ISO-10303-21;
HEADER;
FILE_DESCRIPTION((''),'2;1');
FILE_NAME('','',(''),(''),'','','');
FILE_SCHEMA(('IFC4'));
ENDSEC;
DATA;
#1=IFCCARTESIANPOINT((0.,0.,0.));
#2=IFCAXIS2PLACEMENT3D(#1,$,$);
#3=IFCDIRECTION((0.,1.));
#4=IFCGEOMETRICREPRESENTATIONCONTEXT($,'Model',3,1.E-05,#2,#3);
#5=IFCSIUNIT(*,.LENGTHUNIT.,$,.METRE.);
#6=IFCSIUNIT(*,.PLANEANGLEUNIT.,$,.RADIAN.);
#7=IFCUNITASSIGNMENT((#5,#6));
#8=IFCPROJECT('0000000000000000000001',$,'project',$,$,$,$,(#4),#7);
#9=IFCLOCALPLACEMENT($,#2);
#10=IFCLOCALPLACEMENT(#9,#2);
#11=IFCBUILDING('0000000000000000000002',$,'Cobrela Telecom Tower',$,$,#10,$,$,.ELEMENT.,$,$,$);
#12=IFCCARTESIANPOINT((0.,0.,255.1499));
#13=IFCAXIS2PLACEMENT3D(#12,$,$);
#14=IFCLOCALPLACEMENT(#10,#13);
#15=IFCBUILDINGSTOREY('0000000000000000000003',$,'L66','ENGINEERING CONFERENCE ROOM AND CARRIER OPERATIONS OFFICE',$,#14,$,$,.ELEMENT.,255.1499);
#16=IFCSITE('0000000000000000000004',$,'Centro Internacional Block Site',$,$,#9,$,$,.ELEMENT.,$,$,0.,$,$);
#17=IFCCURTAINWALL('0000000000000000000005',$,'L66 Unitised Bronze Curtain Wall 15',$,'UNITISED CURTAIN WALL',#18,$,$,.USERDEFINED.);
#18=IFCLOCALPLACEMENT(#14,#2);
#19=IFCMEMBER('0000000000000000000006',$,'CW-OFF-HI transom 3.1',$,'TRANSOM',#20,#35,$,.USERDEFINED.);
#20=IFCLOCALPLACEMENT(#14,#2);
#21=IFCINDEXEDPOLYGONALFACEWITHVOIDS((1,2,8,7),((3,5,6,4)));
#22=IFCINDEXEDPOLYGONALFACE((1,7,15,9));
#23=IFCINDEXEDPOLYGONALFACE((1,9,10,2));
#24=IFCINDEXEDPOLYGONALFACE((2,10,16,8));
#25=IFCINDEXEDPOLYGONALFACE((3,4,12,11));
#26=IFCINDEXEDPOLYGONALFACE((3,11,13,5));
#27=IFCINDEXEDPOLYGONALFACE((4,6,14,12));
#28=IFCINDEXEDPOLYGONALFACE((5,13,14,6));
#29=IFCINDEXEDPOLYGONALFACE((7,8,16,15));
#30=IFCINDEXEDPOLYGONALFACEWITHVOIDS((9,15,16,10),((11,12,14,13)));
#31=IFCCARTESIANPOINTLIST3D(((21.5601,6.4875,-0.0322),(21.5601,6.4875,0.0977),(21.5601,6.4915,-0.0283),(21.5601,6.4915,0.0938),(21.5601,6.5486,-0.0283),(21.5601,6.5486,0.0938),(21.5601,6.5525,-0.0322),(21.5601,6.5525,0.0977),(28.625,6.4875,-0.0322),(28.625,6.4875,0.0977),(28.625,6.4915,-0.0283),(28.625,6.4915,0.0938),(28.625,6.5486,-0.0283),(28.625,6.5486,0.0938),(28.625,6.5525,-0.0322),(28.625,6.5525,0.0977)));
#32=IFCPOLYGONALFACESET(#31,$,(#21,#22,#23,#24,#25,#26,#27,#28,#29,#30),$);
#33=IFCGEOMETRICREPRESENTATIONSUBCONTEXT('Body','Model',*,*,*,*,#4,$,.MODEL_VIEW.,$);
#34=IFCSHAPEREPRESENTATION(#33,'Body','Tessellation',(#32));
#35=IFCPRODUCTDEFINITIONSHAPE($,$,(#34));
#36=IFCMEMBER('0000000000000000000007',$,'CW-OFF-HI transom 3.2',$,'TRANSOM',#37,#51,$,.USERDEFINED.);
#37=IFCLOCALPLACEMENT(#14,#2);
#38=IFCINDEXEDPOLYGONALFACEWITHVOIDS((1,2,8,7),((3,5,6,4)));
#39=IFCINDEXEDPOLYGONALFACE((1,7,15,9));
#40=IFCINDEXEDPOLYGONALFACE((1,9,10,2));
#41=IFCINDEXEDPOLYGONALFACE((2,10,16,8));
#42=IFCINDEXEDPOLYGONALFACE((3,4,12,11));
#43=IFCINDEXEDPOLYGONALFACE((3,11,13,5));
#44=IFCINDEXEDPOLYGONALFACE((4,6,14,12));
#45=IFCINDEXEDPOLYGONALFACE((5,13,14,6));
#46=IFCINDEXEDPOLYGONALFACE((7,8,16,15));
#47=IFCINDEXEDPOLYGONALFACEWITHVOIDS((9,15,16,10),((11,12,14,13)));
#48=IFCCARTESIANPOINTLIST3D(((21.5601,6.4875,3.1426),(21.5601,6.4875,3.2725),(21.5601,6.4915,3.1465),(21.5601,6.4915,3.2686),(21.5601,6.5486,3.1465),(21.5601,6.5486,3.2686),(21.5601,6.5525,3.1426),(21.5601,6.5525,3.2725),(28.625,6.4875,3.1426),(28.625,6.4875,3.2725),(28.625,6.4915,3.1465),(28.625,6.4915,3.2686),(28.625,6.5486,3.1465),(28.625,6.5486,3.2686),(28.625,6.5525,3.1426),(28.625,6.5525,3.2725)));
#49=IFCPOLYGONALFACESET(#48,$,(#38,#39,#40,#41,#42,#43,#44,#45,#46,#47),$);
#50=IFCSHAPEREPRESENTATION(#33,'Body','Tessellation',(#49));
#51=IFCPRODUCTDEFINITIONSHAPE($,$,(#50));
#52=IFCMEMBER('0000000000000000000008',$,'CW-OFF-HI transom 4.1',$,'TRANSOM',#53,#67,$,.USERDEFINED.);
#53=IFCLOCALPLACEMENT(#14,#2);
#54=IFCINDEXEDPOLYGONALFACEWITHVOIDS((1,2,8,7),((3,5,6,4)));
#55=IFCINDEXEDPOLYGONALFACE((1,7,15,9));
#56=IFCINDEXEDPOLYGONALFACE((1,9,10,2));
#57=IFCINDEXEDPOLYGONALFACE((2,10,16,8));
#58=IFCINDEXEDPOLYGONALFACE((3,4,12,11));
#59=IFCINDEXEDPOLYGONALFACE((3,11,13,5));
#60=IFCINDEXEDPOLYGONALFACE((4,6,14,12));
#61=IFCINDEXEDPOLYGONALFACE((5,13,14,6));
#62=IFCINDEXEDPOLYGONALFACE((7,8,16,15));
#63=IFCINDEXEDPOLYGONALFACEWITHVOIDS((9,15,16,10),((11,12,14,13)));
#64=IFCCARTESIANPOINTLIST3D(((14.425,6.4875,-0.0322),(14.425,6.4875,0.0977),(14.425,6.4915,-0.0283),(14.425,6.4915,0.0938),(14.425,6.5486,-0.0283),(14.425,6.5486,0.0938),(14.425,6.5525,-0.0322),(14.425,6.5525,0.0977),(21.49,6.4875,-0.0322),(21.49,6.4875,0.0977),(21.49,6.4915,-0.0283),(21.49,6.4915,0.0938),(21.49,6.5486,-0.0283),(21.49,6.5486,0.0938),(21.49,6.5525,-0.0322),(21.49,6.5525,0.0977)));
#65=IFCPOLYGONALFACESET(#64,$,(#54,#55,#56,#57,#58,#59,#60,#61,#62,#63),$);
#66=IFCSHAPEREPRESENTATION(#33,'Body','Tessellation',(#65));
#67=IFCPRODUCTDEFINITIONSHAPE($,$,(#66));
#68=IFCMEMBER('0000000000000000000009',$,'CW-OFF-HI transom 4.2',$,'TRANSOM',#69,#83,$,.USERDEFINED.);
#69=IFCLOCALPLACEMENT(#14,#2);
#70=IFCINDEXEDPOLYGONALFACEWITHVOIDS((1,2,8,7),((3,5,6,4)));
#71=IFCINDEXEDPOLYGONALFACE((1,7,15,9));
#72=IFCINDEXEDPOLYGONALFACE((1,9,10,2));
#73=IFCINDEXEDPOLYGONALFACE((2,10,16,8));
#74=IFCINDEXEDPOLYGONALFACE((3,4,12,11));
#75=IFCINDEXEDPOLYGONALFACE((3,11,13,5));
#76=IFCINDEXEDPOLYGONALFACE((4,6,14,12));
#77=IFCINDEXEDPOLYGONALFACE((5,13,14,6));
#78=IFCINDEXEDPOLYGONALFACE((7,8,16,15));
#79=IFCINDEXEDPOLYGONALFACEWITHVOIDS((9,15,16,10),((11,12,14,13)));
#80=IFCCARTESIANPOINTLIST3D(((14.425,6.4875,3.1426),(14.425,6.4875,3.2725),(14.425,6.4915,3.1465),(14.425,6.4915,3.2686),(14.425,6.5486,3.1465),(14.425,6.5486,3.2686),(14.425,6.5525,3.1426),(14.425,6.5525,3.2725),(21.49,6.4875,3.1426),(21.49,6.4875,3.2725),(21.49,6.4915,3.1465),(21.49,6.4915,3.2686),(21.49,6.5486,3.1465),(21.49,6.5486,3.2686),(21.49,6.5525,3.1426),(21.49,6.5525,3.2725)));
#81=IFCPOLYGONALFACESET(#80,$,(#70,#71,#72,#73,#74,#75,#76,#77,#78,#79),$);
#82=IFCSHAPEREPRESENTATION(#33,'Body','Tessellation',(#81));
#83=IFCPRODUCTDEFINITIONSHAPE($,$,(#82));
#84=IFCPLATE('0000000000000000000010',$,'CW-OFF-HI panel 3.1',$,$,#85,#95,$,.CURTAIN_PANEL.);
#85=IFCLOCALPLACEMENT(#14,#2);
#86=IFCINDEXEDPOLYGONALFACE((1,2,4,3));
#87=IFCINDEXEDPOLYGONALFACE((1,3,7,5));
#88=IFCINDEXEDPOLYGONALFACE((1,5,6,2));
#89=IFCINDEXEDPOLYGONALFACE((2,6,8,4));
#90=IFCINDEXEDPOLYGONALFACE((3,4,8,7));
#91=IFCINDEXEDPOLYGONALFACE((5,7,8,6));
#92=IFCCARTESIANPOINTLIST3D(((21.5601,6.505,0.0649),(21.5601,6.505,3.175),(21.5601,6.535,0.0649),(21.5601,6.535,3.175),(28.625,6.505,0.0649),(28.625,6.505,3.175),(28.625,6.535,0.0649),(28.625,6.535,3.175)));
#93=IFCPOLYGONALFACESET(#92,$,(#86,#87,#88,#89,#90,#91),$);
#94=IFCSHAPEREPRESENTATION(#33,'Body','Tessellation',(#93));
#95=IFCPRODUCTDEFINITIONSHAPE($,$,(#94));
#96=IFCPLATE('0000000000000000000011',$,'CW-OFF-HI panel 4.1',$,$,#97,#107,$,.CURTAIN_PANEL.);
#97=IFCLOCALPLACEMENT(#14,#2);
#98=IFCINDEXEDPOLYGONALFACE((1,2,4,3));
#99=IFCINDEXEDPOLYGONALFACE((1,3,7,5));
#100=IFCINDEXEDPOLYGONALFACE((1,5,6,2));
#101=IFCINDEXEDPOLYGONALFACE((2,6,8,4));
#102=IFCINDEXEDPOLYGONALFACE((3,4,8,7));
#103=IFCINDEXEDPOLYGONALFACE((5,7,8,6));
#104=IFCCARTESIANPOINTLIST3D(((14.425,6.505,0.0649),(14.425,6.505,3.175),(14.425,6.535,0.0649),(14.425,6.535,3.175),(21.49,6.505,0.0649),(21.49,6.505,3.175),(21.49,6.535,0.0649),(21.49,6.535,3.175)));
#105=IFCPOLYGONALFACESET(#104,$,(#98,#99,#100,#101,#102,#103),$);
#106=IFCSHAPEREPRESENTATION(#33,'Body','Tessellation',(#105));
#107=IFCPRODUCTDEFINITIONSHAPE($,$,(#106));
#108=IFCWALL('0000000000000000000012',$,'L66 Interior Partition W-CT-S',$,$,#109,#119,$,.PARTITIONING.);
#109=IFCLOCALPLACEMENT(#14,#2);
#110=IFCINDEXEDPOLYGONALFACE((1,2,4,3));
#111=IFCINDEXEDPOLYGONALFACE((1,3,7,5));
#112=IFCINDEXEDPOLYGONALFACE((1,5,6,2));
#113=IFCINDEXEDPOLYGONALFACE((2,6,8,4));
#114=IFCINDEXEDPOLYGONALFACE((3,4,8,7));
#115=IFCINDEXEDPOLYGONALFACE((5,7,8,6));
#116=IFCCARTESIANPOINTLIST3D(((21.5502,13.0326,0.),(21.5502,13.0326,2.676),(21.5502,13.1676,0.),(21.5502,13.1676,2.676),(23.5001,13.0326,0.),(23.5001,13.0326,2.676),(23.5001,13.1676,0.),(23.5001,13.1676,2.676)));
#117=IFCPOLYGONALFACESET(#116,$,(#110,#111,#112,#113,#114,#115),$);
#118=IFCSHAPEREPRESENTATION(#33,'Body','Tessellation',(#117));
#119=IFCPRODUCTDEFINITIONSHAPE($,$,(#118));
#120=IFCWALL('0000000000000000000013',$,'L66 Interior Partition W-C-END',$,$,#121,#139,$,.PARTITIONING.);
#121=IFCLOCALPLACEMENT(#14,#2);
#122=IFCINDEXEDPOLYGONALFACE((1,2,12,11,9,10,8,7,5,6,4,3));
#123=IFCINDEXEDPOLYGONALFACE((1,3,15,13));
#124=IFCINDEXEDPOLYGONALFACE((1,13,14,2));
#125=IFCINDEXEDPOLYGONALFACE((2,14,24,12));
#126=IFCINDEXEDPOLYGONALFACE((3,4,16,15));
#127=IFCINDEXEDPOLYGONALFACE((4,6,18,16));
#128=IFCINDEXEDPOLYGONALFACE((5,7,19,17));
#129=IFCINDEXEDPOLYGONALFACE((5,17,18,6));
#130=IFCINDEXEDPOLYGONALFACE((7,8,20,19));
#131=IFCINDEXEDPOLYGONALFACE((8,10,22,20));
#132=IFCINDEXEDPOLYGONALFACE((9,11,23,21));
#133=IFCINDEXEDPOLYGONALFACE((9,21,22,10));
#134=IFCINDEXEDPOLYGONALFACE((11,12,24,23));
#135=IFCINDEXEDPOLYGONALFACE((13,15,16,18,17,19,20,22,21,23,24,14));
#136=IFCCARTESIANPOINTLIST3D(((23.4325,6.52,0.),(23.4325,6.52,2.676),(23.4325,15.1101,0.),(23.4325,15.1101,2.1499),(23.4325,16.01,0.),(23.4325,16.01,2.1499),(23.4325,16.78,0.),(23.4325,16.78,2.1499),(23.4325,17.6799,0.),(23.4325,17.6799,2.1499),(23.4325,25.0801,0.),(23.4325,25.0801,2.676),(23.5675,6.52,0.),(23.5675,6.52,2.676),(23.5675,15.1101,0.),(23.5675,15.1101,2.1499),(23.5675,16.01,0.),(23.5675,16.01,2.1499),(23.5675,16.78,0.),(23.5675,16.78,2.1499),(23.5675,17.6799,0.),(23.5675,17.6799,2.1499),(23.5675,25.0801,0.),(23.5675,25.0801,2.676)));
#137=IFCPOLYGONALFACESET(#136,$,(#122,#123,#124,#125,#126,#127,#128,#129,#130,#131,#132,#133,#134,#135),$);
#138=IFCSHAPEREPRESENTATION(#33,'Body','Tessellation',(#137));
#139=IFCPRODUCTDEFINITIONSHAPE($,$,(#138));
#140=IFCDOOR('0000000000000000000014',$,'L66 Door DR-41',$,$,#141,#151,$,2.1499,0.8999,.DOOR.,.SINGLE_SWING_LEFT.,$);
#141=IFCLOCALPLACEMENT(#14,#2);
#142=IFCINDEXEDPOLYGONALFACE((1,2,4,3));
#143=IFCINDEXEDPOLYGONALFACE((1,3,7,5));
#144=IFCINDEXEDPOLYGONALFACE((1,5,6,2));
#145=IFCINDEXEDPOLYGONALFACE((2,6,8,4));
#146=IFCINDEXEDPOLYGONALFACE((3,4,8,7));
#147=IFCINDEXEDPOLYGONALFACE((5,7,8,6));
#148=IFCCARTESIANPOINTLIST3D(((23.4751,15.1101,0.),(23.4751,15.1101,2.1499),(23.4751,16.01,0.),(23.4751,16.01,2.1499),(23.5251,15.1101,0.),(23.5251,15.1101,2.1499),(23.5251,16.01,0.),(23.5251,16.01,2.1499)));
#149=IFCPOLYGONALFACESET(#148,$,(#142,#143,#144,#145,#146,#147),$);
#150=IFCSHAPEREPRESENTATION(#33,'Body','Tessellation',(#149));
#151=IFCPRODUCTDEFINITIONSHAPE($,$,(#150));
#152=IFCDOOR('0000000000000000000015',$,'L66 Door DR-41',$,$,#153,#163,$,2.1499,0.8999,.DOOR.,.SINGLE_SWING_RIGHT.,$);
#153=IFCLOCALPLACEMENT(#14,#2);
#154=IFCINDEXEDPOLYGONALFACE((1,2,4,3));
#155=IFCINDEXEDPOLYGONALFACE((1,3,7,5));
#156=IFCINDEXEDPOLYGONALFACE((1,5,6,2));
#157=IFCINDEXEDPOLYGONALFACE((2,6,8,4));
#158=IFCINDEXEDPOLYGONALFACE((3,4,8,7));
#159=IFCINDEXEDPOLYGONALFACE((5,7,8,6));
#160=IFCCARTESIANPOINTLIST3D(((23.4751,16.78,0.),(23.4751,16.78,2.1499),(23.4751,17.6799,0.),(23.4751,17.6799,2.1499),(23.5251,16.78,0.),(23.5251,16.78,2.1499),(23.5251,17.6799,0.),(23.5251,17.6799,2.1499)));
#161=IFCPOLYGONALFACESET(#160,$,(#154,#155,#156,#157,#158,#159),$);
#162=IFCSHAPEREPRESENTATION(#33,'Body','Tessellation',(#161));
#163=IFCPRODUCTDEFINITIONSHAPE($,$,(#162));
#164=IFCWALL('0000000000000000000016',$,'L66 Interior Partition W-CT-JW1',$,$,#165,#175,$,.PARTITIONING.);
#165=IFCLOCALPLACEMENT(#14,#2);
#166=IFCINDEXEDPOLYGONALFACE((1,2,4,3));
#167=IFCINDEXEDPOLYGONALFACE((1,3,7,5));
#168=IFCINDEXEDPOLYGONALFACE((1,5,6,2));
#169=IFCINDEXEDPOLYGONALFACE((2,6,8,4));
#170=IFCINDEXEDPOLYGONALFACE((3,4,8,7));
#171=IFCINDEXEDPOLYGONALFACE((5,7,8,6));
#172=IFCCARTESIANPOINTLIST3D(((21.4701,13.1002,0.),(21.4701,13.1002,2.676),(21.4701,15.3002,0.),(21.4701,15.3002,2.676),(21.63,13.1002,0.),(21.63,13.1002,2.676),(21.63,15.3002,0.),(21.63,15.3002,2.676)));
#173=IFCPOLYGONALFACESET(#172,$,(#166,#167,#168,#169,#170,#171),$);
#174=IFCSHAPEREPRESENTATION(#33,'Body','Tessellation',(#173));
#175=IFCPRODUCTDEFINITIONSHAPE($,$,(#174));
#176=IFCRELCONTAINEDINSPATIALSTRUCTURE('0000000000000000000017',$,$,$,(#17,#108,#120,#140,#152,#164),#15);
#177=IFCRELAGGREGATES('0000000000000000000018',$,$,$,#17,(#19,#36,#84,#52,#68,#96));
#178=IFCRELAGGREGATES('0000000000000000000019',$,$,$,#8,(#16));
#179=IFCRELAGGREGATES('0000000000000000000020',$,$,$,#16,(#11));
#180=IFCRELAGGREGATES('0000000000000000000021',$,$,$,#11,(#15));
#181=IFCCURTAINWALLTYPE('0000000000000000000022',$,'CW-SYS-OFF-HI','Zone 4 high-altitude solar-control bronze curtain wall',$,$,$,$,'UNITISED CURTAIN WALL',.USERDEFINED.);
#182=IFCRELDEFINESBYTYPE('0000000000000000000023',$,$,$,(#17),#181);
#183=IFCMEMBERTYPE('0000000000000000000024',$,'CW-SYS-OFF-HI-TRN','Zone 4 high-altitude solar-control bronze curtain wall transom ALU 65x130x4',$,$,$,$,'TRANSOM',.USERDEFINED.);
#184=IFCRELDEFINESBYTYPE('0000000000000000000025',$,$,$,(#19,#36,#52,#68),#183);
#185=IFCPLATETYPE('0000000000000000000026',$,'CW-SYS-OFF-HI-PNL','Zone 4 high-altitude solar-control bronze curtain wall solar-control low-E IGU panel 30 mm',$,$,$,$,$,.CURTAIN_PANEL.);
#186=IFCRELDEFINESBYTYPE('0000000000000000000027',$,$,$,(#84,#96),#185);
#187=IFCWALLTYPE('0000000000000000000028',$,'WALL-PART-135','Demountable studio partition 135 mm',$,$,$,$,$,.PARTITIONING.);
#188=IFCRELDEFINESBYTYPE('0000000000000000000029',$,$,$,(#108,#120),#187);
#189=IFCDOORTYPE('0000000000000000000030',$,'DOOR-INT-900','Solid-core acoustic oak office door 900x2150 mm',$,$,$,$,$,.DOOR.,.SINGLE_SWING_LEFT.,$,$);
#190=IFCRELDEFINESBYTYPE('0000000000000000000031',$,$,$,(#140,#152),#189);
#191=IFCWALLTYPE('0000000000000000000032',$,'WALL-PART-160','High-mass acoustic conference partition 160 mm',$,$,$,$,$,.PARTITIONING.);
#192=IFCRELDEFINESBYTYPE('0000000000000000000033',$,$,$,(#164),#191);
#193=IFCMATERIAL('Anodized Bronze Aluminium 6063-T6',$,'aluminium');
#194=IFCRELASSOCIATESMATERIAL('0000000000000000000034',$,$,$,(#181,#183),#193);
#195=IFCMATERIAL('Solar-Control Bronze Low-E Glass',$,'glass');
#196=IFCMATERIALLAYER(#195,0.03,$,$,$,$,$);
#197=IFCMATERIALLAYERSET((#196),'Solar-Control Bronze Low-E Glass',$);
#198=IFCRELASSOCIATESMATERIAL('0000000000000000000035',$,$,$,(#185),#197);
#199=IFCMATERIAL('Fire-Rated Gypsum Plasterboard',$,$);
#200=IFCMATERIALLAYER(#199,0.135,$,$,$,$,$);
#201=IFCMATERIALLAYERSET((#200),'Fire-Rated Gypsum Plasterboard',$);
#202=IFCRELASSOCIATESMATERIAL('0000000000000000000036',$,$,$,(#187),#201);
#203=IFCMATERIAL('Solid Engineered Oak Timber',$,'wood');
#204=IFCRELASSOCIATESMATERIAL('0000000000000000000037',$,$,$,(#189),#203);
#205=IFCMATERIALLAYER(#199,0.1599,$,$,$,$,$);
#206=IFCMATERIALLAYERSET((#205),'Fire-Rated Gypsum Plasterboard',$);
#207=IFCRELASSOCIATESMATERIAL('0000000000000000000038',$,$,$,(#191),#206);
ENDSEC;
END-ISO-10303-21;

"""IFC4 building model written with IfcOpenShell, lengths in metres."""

from ifc_helpers import new_model, si_unit, direction, frame, frame_2d, origin, origin_2d, place, context, subcontext, project, spatial, rectangle, hollow_rectangle, extrude, material, layer, layer_set, material_profile, profile_set, type_object, element, fill, aggregate, save


model = new_model("IFC4")

# Units and contexts
model_context = context("Model", 3, precision=1e-05, world=origin(), true_north=direction((0.0, 1.0)))
body_context = subcontext(model_context, "Body", "Model", "MODEL_VIEW")
ifc_project = project(units=[si_unit("LENGTHUNIT", "METRE"), si_unit("PLANEANGLEUNIT", "RADIAN")], contexts=[model_context])

# Site, building, storey
site_placement = place(None, origin())
site = spatial("IfcSite", under=ifc_project, at=site_placement, Name="Centro Internacional Block Site", CompositionType="ELEMENT", RefElevation=0.0)
building_placement = place(site_placement, origin())
building = spatial("IfcBuilding", under=site, at=building_placement, Name="Cobrela Telecom Tower", CompositionType="ELEMENT")
storey_placement = place(building_placement, frame((0.0, 0.0, 255.1499)))
storey = spatial("IfcBuildingStorey", under=building, at=storey_placement, Name="L66", Description="ENGINEERING CONFERENCE ROOM AND CARRIER OPERATIONS OFFICE", CompositionType="ELEMENT", Elevation=255.1499)

# Curtain wall, members, plates
ifc_material_1 = material(Name="Anodized Bronze Aluminium 6063-T6", Category="aluminium")
curtain_wall_type = type_object("IfcCurtainWallType", Name="CW-SYS-OFF-HI", Description="Zone 4 high-altitude solar-control bronze curtain wall", ElementType="UNITISED CURTAIN WALL", PredefinedType="USERDEFINED", material=ifc_material_1)
curtain_wall_placement = place(storey_placement, origin())
curtain_wall = element("IfcCurtainWall", 1, at=curtain_wall_placement, inside=storey, type_object=curtain_wall_type, Name="L66 Unitised Bronze Curtain Wall 15", ObjectType="UNITISED CURTAIN WALL", PredefinedType="USERDEFINED")
ifc_material_profile_1 = material_profile(ifc_material_1, hollow_rectangle(XDim=0.0649, YDim=0.1299, WallThickness=0.0039, at=origin_2d()), Name="ALU 65x130x4")
ifc_profile_set_1 = profile_set([ifc_material_profile_1], Name="Anodized Bronze Aluminium 6063-T6")
member_type_1 = type_object("IfcMemberType", Name="CW-SYS-OFF-HI-TRN", Description="Zone 4 high-altitude solar-control bronze curtain wall transom ALU 65x130x4", ElementType="TRANSOM", PredefinedType="USERDEFINED", material=ifc_profile_set_1)
member_1_placement = place(storey_placement, frame((28.625, 6.52, 0.0327), z_axis=(-1.0, 0.0, 0.0), x_axis=(0.0, -1.0, 0.0)))
member_1 = element("IfcMember", 2, at=member_1_placement, type_object=member_type_1, Name="CW-OFF-HI transom 3.1", ObjectType="TRANSOM", PredefinedType="USERDEFINED", context=body_context, shape_type="SweptSolid", body=[
    extrude(hollow_rectangle(XDim=0.0649, YDim=0.1299, WallThickness=0.0039, at=origin_2d()), origin(), (0.0, 0.0, 1.0), 7.0649),
])
member_2_placement = place(storey_placement, frame((28.625, 6.52, 3.2075), z_axis=(-1.0, 0.0, 0.0), x_axis=(0.0, -1.0, 0.0)))
member_2 = element("IfcMember", 3, at=member_2_placement, type_object=member_type_1, Name="CW-OFF-HI transom 3.2", ObjectType="TRANSOM", PredefinedType="USERDEFINED", context=body_context, shape_type="SweptSolid", body=[
    extrude(hollow_rectangle(XDim=0.0649, YDim=0.1299, WallThickness=0.0039, at=origin_2d()), origin(), (0.0, 0.0, 1.0), 7.0649),
])
member_3_placement = place(storey_placement, frame((21.49, 6.52, 0.0327), z_axis=(-1.0, 0.0, 0.0), x_axis=(0.0, -1.0, 0.0)))
member_3 = element("IfcMember", 4, at=member_3_placement, type_object=member_type_1, Name="CW-OFF-HI transom 4.1", ObjectType="TRANSOM", PredefinedType="USERDEFINED", context=body_context, shape_type="SweptSolid", body=[
    extrude(hollow_rectangle(XDim=0.0649, YDim=0.1299, WallThickness=0.0039, at=origin_2d()), origin(), (0.0, 0.0, 1.0), 7.0649),
])
member_4_placement = place(storey_placement, frame((21.49, 6.52, 3.2075), z_axis=(-1.0, 0.0, 0.0), x_axis=(0.0, -1.0, 0.0)))
member_4 = element("IfcMember", 5, at=member_4_placement, type_object=member_type_1, Name="CW-OFF-HI transom 4.2", ObjectType="TRANSOM", PredefinedType="USERDEFINED", context=body_context, shape_type="SweptSolid", body=[
    extrude(hollow_rectangle(XDim=0.0649, YDim=0.1299, WallThickness=0.0039, at=origin_2d()), origin(), (0.0, 0.0, 1.0), 7.0649),
])
ifc_material_2 = material(Name="Solar-Control Bronze Low-E Glass", Category="glass")
ifc_layer_1 = layer(ifc_material_2, 0.03)
ifc_layer_set_1 = layer_set([ifc_layer_1], Name="Solar-Control Bronze Low-E Glass")
plate_type = type_object("IfcPlateType", Name="CW-SYS-OFF-HI-PNL", Description="Zone 4 high-altitude solar-control bronze curtain wall solar-control low-E IGU panel 30 mm", PredefinedType="CURTAIN_PANEL", material=ifc_layer_set_1)
plate_1_placement = place(storey_placement, frame((25.0925, 6.52, 0.0649), z_axis=(0.0, 0.0, 1.0), x_axis=(-1.0, 0.0, 0.0)))
plate_1 = element("IfcPlate", 6, at=plate_1_placement, type_object=plate_type, Name="CW-OFF-HI panel 3.1", PredefinedType="CURTAIN_PANEL", context=body_context, shape_type="SweptSolid", body=[
    extrude(rectangle(XDim=7.0649, YDim=0.03, at=origin_2d()), origin(), (0.0, 0.0, 1.0), 3.1101),
])
plate_2_placement = place(storey_placement, frame((17.9575, 6.52, 0.0649), z_axis=(0.0, 0.0, 1.0), x_axis=(-1.0, 0.0, 0.0)))
plate_2 = element("IfcPlate", 7, at=plate_2_placement, type_object=plate_type, Name="CW-OFF-HI panel 4.1", PredefinedType="CURTAIN_PANEL", context=body_context, shape_type="SweptSolid", body=[
    extrude(rectangle(XDim=7.0649, YDim=0.03, at=origin_2d()), origin(), (0.0, 0.0, 1.0), 3.1101),
])
aggregate(curtain_wall, [member_1, member_2, plate_1, member_3, member_4, plate_2])

# Wall
ifc_material_3 = material(Name="Fire-Rated Gypsum Plasterboard")
ifc_layer_2 = layer(ifc_material_3, 0.135)
ifc_layer_set_2 = layer_set([ifc_layer_2], Name="Fire-Rated Gypsum Plasterboard")
wall_type_1 = type_object("IfcWallType", Name="WALL-PART-135", Description="Demountable studio partition 135 mm", PredefinedType="PARTITIONING", material=ifc_layer_set_2)
wall_1_placement = place(storey_placement, frame((21.55, 13.1001, 0.0), z_axis=(0.0, 0.0, 1.0), x_axis=(1.0, 0.0, 0.0)))
element("IfcWall", 8, at=wall_1_placement, inside=storey, type_object=wall_type_1, Name="L66 Interior Partition W-CT-S", PredefinedType="PARTITIONING", context=body_context, shape_type="SweptSolid", body=[
    extrude(rectangle(XDim=1.95, YDim=0.135, at=frame_2d((0.9751, 0.0))), origin(), (0.0, 0.0, 1.0), 2.676),
])

# Wall, openings, doors
wall_2_placement = place(storey_placement, frame((23.5, 6.52, 0.0), z_axis=(0.0, 0.0, 1.0), x_axis=(0.0, 1.0, 0.0)))
wall_2 = element("IfcWall", 9, at=wall_2_placement, inside=storey, type_object=wall_type_1, Name="L66 Interior Partition W-C-END", PredefinedType="PARTITIONING", context=body_context, shape_type="SweptSolid", body=[
    extrude(rectangle(XDim=18.5601, YDim=0.135, at=frame_2d((9.28, 0.0))), origin(), (0.0, 0.0, 1.0), 2.676),
])
opening_1_placement = place(wall_2_placement, frame((8.5901, 0.0, 0.0)))
opening_1 = element("IfcOpeningElement", 10, at=opening_1_placement, cuts=wall_2, PredefinedType="OPENING", context=body_context, shape_type="SweptSolid", body=[
    extrude(rectangle(XDim=0.8999, YDim=2.1499, at=frame_2d((0.45, 1.075))), frame((0.0, 0.0796, 0.0), z_axis=(0.0, -1.0, 0.0), x_axis=(1.0, 0.0, 0.0)), (0.0, 0.0, 1.0), 0.1589),
])
opening_2_placement = place(wall_2_placement, frame((10.26, 0.0, 0.0)))
opening_2 = element("IfcOpeningElement", 11, at=opening_2_placement, cuts=wall_2, PredefinedType="OPENING", context=body_context, shape_type="SweptSolid", body=[
    extrude(rectangle(XDim=0.8999, YDim=2.1499, at=frame_2d((0.45, 1.075))), frame((0.0, 0.0796, 0.0), z_axis=(0.0, -1.0, 0.0), x_axis=(1.0, 0.0, 0.0)), (0.0, 0.0, 1.0), 0.1589),
])
ifc_material_4 = material(Name="Solid Engineered Oak Timber", Category="wood")
door_type = type_object("IfcDoorType", Name="DOOR-INT-900", Description="Solid-core acoustic oak office door 900x2150 mm", OperationType="SINGLE_SWING_LEFT", PredefinedType="DOOR", material=ifc_material_4)
door_1_placement = place(opening_1_placement, origin())
door_1 = element("IfcDoor", 12, at=door_1_placement, inside=storey, type_object=door_type, Name="L66 Door DR-41", OperationType="SINGLE_SWING_LEFT", OverallHeight=2.1499, OverallWidth=0.8999, PredefinedType="DOOR", context=body_context, shape_type="SweptSolid", body=[
    extrude(rectangle(XDim=0.8999, YDim=2.1499, at=frame_2d((0.45, 1.075))), frame((0.0, 0.0249, 0.0), z_axis=(0.0, -1.0, 0.0), x_axis=(1.0, 0.0, 0.0)), (0.0, 0.0, 1.0), 0.05),
])
fill(opening_1, door_1)
door_2_placement = place(opening_2_placement, origin())
door_2 = element("IfcDoor", 13, at=door_2_placement, inside=storey, type_object=door_type, Name="L66 Door DR-41", OperationType="SINGLE_SWING_RIGHT", OverallHeight=2.1499, OverallWidth=0.8999, PredefinedType="DOOR", context=body_context, shape_type="SweptSolid", body=[
    extrude(rectangle(XDim=0.8999, YDim=2.1499, at=frame_2d((0.45, 1.075))), frame((0.0, 0.0249, 0.0), z_axis=(0.0, -1.0, 0.0), x_axis=(1.0, 0.0, 0.0)), (0.0, 0.0, 1.0), 0.05),
])
fill(opening_2, door_2)

# Wall
ifc_layer_3 = layer(ifc_material_3, 0.1599)
ifc_layer_set_3 = layer_set([ifc_layer_3], Name="Fire-Rated Gypsum Plasterboard")
wall_type_2 = type_object("IfcWallType", Name="WALL-PART-160", Description="High-mass acoustic conference partition 160 mm", PredefinedType="PARTITIONING", material=ifc_layer_set_3)
wall_3_placement = place(storey_placement, frame((21.55, 13.1001, 0.0), z_axis=(0.0, 0.0, 1.0), x_axis=(0.0, 1.0, 0.0)))
element("IfcWall", 14, at=wall_3_placement, inside=storey, type_object=wall_type_2, Name="L66 Interior Partition W-CT-JW1", PredefinedType="PARTITIONING", context=body_context, shape_type="SweptSolid", body=[
    extrude(rectangle(XDim=2.2, YDim=0.1599, at=frame_2d((1.1001, 0.0))), origin(), (0.0, 0.0, 1.0), 2.676),
])

save(model, "model.ifc")
